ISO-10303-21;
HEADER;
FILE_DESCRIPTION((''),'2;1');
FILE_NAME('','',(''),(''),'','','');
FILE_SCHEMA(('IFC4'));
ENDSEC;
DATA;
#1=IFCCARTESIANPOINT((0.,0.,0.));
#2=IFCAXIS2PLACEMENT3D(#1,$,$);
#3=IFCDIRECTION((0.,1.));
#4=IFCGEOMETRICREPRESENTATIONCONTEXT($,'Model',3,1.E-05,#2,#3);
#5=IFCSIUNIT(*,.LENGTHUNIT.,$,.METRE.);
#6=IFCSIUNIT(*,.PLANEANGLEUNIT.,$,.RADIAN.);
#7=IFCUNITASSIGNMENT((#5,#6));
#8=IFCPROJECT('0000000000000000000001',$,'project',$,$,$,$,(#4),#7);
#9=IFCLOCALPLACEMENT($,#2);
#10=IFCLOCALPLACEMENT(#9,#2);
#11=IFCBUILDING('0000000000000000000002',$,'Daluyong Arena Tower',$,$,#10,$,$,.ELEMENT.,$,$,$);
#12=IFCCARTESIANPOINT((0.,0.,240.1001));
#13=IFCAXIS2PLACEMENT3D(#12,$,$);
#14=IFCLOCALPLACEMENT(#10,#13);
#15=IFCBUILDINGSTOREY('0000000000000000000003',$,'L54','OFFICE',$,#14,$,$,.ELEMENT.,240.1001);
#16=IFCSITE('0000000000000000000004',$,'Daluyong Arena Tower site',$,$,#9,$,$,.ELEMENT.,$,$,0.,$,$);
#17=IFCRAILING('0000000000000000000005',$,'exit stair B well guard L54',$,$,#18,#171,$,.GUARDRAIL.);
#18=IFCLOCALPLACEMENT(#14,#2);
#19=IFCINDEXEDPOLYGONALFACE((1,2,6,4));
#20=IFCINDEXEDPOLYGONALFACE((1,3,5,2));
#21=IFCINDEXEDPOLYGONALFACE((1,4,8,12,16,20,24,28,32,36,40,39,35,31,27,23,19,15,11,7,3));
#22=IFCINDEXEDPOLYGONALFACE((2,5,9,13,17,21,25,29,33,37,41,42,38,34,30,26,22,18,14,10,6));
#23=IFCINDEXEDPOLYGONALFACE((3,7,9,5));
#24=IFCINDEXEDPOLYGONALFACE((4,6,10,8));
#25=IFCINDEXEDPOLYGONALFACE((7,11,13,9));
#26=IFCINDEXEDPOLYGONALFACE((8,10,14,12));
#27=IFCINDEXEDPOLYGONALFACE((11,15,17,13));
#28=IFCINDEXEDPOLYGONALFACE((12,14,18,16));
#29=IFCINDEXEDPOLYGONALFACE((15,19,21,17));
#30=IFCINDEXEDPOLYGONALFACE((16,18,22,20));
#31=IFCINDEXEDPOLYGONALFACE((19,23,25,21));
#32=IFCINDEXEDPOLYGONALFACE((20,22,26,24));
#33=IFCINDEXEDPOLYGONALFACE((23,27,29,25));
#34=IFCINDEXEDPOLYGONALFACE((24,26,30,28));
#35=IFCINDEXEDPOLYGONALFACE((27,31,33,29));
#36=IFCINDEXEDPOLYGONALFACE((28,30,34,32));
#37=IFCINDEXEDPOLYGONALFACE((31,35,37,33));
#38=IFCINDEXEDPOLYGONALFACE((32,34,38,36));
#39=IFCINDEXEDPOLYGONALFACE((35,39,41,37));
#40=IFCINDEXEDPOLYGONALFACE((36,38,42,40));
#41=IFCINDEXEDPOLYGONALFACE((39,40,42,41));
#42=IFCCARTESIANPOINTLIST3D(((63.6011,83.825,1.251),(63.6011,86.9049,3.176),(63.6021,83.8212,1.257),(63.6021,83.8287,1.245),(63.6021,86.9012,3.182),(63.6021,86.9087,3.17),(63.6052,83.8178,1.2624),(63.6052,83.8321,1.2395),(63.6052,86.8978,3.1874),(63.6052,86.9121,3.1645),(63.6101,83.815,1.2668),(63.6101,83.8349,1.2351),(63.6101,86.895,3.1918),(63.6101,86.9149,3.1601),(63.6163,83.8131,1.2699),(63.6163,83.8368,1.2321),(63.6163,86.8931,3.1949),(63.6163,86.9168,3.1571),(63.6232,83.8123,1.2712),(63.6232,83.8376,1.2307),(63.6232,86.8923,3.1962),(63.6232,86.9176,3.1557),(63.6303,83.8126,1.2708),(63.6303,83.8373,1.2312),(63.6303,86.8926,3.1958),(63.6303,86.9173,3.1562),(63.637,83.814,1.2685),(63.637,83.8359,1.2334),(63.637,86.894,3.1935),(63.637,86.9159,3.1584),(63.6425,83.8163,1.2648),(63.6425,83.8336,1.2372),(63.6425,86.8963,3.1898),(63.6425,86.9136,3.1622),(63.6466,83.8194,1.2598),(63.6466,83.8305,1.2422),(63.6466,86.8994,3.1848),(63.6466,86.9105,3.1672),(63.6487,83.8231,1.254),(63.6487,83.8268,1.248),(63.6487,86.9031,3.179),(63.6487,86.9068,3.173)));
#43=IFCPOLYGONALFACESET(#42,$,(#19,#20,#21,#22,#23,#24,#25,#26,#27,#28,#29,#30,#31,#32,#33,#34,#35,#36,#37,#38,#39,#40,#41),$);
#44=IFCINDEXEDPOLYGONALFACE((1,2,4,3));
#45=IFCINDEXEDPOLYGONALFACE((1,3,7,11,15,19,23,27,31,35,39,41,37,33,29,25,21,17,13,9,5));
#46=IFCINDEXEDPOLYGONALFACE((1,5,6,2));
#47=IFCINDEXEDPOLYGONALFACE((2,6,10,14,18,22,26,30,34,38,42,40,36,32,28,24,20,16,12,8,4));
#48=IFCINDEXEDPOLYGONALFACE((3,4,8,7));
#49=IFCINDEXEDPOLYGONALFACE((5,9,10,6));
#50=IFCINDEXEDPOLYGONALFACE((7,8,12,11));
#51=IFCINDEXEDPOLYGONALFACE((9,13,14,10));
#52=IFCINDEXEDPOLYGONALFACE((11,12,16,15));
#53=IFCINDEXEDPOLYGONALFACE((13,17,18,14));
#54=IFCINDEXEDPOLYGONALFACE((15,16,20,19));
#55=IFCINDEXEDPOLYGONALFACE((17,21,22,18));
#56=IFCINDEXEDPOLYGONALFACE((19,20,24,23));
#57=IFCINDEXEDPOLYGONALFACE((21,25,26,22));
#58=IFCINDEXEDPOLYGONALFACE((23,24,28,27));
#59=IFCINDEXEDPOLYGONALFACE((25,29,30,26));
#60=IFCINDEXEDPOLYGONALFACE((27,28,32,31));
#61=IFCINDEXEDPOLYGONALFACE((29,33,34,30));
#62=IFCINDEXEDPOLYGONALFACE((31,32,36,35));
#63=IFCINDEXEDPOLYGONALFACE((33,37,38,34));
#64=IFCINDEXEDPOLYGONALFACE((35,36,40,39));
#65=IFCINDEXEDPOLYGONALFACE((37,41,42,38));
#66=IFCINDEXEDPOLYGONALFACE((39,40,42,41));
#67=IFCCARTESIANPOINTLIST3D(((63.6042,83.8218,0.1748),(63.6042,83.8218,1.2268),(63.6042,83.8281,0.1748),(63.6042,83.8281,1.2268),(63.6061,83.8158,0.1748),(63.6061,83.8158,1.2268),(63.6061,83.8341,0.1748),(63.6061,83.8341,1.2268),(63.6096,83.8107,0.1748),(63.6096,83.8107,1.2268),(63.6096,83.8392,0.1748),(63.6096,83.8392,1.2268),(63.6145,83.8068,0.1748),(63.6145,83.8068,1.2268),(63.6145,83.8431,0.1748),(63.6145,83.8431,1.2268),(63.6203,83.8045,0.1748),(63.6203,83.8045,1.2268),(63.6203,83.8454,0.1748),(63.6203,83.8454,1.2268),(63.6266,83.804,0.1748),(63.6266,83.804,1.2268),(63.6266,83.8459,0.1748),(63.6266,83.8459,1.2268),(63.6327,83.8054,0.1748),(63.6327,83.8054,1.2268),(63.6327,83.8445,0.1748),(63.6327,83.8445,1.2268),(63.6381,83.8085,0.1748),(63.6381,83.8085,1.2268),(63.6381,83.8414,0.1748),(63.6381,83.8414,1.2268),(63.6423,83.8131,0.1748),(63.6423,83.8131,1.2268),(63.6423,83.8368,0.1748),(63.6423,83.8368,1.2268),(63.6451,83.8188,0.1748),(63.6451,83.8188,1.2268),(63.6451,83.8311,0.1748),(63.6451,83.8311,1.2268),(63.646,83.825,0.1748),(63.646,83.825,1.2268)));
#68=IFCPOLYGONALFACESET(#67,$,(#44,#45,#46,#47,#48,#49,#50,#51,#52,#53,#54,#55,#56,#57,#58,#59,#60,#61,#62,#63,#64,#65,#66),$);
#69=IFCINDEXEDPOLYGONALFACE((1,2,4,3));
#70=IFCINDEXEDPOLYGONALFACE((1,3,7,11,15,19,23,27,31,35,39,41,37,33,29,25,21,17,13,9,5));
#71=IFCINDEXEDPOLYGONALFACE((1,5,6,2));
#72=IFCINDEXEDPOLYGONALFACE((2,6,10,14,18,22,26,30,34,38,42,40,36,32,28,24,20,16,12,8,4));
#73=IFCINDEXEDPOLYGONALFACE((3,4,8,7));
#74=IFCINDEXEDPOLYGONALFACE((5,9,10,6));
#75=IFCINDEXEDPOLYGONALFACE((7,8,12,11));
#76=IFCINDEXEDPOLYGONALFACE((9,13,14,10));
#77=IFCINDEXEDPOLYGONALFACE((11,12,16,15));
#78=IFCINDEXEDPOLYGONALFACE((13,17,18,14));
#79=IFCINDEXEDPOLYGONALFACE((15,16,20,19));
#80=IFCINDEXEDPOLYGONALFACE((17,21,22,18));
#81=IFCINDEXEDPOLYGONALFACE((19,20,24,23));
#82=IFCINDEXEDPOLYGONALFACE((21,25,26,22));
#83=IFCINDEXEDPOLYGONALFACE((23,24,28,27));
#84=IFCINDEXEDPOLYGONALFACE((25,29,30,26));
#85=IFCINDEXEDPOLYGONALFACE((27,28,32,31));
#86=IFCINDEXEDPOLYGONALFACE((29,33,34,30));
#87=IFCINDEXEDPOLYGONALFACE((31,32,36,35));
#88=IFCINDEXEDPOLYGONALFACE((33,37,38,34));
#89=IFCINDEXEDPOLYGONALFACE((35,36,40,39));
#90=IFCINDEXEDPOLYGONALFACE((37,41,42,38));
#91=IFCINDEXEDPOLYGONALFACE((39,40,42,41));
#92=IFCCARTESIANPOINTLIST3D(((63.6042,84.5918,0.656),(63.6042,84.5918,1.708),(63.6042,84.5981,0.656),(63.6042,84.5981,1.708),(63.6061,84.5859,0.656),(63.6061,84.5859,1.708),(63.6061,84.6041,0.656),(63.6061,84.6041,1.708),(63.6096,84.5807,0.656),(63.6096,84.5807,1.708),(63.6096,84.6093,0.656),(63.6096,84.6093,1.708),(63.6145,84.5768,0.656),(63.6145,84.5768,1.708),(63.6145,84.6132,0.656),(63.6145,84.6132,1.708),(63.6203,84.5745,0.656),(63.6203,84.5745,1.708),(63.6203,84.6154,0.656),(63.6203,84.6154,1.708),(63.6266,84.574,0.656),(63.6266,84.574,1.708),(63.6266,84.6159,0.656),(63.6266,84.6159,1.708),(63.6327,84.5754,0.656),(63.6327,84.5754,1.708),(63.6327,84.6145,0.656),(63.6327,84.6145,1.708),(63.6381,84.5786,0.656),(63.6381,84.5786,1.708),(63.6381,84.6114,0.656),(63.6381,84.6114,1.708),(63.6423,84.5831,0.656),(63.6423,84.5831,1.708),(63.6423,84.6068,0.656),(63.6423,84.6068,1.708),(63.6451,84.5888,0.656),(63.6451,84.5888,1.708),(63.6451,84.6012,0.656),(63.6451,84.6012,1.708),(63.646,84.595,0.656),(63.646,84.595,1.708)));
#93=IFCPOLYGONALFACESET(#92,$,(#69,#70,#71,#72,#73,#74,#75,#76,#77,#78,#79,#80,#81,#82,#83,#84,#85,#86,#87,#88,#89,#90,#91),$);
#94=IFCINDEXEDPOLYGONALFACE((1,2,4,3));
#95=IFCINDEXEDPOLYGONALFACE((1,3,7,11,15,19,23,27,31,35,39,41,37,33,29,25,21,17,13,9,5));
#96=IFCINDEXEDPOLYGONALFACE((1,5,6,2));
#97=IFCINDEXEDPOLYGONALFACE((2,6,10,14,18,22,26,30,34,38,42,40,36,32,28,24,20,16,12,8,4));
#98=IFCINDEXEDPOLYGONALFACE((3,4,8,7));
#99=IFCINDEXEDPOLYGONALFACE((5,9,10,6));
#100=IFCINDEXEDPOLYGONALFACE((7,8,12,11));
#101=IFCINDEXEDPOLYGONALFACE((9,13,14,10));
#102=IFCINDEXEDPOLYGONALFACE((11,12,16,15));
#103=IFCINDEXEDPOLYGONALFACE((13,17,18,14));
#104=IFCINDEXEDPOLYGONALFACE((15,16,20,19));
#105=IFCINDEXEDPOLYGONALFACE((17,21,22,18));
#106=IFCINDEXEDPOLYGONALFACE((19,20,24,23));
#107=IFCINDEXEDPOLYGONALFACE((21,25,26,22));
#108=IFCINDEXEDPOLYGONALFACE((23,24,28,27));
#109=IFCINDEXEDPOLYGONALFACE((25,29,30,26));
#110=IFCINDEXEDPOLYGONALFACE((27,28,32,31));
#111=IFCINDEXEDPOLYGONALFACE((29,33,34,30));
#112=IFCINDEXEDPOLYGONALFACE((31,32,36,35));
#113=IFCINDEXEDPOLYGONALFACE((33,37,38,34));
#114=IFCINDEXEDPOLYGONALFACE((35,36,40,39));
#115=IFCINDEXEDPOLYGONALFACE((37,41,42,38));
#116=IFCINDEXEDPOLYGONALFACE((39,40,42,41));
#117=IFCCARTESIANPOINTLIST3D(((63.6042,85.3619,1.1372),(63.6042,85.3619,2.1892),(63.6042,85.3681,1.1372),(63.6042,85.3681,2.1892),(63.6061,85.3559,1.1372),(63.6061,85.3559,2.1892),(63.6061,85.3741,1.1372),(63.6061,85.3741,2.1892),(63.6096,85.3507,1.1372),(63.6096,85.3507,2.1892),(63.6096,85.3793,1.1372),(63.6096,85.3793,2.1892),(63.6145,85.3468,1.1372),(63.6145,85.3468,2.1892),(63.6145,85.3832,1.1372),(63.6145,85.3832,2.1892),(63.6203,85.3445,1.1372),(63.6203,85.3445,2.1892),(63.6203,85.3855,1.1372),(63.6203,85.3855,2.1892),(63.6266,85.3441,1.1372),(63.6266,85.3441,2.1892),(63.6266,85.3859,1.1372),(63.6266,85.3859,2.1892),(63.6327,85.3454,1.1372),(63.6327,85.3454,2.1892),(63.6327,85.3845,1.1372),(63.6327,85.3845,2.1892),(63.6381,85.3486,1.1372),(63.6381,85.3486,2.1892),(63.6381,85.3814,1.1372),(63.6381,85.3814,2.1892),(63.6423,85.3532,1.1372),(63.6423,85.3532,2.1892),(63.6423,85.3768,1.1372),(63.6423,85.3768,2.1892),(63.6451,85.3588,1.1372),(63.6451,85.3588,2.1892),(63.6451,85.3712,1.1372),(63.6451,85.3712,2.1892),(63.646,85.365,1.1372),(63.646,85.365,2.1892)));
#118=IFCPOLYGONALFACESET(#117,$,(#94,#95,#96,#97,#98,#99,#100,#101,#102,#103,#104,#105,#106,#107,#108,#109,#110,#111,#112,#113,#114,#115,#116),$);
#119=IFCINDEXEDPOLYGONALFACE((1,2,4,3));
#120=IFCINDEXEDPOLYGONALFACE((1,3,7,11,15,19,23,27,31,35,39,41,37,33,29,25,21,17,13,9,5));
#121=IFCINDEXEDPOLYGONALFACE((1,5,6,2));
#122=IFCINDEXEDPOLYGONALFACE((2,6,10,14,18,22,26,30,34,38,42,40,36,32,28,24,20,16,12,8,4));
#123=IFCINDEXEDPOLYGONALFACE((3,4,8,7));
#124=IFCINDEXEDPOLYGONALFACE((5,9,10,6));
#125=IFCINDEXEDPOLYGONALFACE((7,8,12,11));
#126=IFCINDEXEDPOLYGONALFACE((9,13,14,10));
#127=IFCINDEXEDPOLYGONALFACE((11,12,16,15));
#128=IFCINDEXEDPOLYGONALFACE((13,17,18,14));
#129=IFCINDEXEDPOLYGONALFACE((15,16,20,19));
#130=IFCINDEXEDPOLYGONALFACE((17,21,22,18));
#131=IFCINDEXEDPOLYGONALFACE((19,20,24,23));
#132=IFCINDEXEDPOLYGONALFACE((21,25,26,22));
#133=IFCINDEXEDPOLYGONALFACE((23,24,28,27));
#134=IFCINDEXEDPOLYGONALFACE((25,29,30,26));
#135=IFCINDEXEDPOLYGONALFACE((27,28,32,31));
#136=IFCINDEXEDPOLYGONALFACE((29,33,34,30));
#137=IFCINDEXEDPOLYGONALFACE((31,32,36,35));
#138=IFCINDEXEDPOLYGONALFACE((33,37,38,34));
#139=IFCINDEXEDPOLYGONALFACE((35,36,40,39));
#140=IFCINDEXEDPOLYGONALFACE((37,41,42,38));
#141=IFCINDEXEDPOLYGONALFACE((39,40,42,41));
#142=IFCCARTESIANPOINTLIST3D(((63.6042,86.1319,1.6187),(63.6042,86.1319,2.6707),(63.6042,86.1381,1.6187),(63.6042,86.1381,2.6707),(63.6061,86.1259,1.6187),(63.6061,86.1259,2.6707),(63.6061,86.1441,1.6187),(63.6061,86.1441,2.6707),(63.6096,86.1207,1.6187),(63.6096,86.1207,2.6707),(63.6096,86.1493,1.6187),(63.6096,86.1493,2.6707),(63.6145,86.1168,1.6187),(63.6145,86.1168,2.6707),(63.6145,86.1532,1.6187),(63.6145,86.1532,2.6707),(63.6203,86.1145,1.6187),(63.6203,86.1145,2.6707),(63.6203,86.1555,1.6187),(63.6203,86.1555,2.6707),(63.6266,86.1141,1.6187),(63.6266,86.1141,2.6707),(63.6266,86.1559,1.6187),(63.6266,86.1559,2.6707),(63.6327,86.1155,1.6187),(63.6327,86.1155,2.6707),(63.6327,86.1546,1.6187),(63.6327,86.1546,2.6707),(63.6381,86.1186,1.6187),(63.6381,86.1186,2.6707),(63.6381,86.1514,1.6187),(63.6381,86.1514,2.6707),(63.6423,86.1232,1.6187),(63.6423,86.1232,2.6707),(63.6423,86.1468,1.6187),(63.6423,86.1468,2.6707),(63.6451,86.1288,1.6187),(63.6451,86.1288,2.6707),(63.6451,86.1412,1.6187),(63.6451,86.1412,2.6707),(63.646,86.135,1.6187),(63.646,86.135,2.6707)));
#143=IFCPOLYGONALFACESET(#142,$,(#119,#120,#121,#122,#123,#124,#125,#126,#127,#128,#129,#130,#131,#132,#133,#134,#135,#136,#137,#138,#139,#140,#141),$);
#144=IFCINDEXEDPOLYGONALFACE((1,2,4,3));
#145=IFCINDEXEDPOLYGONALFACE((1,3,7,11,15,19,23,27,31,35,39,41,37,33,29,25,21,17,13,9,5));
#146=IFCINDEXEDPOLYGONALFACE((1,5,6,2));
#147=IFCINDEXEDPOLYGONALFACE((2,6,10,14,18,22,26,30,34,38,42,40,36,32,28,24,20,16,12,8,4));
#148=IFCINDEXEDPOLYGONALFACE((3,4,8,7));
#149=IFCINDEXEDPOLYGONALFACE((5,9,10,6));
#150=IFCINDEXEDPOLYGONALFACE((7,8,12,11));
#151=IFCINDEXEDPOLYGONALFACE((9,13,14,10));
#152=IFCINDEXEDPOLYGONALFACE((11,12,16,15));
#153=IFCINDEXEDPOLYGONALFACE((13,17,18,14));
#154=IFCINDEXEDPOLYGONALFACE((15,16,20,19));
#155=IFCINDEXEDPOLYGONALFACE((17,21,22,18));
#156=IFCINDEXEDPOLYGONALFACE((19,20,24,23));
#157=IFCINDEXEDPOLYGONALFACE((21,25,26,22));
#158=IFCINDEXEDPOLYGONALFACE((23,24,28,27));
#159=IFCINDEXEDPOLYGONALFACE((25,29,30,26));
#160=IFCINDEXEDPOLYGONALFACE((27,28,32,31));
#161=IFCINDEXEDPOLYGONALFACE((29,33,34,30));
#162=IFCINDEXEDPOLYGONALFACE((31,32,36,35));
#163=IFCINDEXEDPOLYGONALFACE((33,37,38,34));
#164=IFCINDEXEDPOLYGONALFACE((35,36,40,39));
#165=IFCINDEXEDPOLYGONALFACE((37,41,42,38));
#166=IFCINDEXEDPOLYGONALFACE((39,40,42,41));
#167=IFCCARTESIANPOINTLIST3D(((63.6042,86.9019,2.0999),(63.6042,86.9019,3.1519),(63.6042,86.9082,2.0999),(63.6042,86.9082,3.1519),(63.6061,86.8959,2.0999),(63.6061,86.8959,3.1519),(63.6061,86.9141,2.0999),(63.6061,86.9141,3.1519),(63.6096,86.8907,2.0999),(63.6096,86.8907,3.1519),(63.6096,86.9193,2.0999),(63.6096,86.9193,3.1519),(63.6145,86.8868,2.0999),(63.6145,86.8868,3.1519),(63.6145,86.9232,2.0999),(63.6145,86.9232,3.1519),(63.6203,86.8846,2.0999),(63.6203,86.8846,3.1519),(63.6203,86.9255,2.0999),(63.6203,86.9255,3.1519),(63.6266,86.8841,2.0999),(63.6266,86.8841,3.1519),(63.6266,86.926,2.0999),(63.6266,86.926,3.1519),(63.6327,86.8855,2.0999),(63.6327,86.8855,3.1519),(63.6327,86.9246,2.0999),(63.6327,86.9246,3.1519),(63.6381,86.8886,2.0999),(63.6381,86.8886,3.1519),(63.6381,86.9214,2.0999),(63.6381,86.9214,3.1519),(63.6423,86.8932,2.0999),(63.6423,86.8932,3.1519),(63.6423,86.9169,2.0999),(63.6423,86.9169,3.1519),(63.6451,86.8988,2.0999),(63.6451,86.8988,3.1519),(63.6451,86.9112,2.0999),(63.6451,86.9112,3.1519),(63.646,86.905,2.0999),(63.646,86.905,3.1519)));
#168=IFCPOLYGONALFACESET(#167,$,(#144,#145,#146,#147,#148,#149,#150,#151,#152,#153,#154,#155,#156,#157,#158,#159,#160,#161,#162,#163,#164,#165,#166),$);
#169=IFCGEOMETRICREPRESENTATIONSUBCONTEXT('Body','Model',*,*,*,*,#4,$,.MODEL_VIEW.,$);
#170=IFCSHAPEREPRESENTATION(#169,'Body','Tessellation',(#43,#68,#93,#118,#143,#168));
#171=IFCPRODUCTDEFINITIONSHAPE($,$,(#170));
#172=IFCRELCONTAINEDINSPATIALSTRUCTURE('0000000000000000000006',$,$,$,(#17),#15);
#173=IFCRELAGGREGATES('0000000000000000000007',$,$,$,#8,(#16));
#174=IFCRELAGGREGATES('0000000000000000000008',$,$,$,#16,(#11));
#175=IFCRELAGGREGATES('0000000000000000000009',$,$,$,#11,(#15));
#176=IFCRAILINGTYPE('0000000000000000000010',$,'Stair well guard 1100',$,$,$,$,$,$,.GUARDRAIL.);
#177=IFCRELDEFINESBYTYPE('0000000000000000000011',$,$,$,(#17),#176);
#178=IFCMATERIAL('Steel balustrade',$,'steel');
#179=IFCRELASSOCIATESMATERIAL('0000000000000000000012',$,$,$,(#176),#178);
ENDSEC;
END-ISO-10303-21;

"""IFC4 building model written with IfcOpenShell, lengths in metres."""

from ifc_helpers import new_model, si_unit, direction, frame, origin, origin_2d, place, context, subcontext, project, spatial, circle, extrude, material, type_object, element, save


model = new_model("IFC4")

# Units and contexts
model_context = context("Model", 3, precision=1e-05, world=origin(), true_north=direction((0.0, 1.0)))
body_context = subcontext(model_context, "Body", "Model", "MODEL_VIEW")
ifc_project = project(units=[si_unit("LENGTHUNIT", "METRE"), si_unit("PLANEANGLEUNIT", "RADIAN")], contexts=[model_context])

# Site, building, storey
site_placement = place(None, origin())
site = spatial("IfcSite", under=ifc_project, at=site_placement, Name="Daluyong Arena Tower site", CompositionType="ELEMENT", RefElevation=0.0)
building_placement = place(site_placement, origin())
building = spatial("IfcBuilding", under=site, at=building_placement, Name="Daluyong Arena Tower", CompositionType="ELEMENT")
storey_placement = place(building_placement, frame((0.0, 0.0, 240.1001)))
storey = spatial("IfcBuildingStorey", under=building, at=storey_placement, Name="L54", Description="OFFICE", CompositionType="ELEMENT", Elevation=240.1001)

# Railing
ifc_material_1 = material(Name="Steel balustrade", Category="steel")
railing_type_1 = type_object("IfcRailingType", Name="Stair well guard 1100", PredefinedType="GUARDRAIL", material=ifc_material_1)
railing_1_placement = place(storey_placement, frame((63.625, 83.825, 0.1748)))
element("IfcRailing", 1, at=railing_1_placement, inside=storey, type_object=railing_type_1, Name="exit stair B well guard L54", PredefinedType="GUARDRAIL", context=body_context, shape_type="SweptSolid", body=[
    extrude(circle(Radius=0.0239, at=origin_2d()), frame((0.0, 0.0, 1.0762), z_axis=(0.0, 0.847998, 0.529999), x_axis=(-1.0, 0.0, 0.0)), (0.0, 0.0, 1.0), 3.6321),
    extrude(circle(Radius=0.021, at=origin_2d()), origin(), (0.0, 0.0, 1.0), 1.052),
    extrude(circle(Radius=0.021, at=origin_2d()), frame((0.0, 0.77, 0.4812)), (0.0, 0.0, 1.0), 1.052),
    extrude(circle(Radius=0.021, at=origin_2d()), frame((0.0, 1.54, 0.9624)), (0.0, 0.0, 1.0), 1.052),
    extrude(circle(Radius=0.021, at=origin_2d()), frame((0.0, 2.3101, 1.4438)), (0.0, 0.0, 1.0), 1.052),
    extrude(circle(Radius=0.021, at=origin_2d()), frame((0.0, 3.0801, 1.925)), (0.0, 0.0, 1.0), 1.052),
])

save(model, "model.ifc")
